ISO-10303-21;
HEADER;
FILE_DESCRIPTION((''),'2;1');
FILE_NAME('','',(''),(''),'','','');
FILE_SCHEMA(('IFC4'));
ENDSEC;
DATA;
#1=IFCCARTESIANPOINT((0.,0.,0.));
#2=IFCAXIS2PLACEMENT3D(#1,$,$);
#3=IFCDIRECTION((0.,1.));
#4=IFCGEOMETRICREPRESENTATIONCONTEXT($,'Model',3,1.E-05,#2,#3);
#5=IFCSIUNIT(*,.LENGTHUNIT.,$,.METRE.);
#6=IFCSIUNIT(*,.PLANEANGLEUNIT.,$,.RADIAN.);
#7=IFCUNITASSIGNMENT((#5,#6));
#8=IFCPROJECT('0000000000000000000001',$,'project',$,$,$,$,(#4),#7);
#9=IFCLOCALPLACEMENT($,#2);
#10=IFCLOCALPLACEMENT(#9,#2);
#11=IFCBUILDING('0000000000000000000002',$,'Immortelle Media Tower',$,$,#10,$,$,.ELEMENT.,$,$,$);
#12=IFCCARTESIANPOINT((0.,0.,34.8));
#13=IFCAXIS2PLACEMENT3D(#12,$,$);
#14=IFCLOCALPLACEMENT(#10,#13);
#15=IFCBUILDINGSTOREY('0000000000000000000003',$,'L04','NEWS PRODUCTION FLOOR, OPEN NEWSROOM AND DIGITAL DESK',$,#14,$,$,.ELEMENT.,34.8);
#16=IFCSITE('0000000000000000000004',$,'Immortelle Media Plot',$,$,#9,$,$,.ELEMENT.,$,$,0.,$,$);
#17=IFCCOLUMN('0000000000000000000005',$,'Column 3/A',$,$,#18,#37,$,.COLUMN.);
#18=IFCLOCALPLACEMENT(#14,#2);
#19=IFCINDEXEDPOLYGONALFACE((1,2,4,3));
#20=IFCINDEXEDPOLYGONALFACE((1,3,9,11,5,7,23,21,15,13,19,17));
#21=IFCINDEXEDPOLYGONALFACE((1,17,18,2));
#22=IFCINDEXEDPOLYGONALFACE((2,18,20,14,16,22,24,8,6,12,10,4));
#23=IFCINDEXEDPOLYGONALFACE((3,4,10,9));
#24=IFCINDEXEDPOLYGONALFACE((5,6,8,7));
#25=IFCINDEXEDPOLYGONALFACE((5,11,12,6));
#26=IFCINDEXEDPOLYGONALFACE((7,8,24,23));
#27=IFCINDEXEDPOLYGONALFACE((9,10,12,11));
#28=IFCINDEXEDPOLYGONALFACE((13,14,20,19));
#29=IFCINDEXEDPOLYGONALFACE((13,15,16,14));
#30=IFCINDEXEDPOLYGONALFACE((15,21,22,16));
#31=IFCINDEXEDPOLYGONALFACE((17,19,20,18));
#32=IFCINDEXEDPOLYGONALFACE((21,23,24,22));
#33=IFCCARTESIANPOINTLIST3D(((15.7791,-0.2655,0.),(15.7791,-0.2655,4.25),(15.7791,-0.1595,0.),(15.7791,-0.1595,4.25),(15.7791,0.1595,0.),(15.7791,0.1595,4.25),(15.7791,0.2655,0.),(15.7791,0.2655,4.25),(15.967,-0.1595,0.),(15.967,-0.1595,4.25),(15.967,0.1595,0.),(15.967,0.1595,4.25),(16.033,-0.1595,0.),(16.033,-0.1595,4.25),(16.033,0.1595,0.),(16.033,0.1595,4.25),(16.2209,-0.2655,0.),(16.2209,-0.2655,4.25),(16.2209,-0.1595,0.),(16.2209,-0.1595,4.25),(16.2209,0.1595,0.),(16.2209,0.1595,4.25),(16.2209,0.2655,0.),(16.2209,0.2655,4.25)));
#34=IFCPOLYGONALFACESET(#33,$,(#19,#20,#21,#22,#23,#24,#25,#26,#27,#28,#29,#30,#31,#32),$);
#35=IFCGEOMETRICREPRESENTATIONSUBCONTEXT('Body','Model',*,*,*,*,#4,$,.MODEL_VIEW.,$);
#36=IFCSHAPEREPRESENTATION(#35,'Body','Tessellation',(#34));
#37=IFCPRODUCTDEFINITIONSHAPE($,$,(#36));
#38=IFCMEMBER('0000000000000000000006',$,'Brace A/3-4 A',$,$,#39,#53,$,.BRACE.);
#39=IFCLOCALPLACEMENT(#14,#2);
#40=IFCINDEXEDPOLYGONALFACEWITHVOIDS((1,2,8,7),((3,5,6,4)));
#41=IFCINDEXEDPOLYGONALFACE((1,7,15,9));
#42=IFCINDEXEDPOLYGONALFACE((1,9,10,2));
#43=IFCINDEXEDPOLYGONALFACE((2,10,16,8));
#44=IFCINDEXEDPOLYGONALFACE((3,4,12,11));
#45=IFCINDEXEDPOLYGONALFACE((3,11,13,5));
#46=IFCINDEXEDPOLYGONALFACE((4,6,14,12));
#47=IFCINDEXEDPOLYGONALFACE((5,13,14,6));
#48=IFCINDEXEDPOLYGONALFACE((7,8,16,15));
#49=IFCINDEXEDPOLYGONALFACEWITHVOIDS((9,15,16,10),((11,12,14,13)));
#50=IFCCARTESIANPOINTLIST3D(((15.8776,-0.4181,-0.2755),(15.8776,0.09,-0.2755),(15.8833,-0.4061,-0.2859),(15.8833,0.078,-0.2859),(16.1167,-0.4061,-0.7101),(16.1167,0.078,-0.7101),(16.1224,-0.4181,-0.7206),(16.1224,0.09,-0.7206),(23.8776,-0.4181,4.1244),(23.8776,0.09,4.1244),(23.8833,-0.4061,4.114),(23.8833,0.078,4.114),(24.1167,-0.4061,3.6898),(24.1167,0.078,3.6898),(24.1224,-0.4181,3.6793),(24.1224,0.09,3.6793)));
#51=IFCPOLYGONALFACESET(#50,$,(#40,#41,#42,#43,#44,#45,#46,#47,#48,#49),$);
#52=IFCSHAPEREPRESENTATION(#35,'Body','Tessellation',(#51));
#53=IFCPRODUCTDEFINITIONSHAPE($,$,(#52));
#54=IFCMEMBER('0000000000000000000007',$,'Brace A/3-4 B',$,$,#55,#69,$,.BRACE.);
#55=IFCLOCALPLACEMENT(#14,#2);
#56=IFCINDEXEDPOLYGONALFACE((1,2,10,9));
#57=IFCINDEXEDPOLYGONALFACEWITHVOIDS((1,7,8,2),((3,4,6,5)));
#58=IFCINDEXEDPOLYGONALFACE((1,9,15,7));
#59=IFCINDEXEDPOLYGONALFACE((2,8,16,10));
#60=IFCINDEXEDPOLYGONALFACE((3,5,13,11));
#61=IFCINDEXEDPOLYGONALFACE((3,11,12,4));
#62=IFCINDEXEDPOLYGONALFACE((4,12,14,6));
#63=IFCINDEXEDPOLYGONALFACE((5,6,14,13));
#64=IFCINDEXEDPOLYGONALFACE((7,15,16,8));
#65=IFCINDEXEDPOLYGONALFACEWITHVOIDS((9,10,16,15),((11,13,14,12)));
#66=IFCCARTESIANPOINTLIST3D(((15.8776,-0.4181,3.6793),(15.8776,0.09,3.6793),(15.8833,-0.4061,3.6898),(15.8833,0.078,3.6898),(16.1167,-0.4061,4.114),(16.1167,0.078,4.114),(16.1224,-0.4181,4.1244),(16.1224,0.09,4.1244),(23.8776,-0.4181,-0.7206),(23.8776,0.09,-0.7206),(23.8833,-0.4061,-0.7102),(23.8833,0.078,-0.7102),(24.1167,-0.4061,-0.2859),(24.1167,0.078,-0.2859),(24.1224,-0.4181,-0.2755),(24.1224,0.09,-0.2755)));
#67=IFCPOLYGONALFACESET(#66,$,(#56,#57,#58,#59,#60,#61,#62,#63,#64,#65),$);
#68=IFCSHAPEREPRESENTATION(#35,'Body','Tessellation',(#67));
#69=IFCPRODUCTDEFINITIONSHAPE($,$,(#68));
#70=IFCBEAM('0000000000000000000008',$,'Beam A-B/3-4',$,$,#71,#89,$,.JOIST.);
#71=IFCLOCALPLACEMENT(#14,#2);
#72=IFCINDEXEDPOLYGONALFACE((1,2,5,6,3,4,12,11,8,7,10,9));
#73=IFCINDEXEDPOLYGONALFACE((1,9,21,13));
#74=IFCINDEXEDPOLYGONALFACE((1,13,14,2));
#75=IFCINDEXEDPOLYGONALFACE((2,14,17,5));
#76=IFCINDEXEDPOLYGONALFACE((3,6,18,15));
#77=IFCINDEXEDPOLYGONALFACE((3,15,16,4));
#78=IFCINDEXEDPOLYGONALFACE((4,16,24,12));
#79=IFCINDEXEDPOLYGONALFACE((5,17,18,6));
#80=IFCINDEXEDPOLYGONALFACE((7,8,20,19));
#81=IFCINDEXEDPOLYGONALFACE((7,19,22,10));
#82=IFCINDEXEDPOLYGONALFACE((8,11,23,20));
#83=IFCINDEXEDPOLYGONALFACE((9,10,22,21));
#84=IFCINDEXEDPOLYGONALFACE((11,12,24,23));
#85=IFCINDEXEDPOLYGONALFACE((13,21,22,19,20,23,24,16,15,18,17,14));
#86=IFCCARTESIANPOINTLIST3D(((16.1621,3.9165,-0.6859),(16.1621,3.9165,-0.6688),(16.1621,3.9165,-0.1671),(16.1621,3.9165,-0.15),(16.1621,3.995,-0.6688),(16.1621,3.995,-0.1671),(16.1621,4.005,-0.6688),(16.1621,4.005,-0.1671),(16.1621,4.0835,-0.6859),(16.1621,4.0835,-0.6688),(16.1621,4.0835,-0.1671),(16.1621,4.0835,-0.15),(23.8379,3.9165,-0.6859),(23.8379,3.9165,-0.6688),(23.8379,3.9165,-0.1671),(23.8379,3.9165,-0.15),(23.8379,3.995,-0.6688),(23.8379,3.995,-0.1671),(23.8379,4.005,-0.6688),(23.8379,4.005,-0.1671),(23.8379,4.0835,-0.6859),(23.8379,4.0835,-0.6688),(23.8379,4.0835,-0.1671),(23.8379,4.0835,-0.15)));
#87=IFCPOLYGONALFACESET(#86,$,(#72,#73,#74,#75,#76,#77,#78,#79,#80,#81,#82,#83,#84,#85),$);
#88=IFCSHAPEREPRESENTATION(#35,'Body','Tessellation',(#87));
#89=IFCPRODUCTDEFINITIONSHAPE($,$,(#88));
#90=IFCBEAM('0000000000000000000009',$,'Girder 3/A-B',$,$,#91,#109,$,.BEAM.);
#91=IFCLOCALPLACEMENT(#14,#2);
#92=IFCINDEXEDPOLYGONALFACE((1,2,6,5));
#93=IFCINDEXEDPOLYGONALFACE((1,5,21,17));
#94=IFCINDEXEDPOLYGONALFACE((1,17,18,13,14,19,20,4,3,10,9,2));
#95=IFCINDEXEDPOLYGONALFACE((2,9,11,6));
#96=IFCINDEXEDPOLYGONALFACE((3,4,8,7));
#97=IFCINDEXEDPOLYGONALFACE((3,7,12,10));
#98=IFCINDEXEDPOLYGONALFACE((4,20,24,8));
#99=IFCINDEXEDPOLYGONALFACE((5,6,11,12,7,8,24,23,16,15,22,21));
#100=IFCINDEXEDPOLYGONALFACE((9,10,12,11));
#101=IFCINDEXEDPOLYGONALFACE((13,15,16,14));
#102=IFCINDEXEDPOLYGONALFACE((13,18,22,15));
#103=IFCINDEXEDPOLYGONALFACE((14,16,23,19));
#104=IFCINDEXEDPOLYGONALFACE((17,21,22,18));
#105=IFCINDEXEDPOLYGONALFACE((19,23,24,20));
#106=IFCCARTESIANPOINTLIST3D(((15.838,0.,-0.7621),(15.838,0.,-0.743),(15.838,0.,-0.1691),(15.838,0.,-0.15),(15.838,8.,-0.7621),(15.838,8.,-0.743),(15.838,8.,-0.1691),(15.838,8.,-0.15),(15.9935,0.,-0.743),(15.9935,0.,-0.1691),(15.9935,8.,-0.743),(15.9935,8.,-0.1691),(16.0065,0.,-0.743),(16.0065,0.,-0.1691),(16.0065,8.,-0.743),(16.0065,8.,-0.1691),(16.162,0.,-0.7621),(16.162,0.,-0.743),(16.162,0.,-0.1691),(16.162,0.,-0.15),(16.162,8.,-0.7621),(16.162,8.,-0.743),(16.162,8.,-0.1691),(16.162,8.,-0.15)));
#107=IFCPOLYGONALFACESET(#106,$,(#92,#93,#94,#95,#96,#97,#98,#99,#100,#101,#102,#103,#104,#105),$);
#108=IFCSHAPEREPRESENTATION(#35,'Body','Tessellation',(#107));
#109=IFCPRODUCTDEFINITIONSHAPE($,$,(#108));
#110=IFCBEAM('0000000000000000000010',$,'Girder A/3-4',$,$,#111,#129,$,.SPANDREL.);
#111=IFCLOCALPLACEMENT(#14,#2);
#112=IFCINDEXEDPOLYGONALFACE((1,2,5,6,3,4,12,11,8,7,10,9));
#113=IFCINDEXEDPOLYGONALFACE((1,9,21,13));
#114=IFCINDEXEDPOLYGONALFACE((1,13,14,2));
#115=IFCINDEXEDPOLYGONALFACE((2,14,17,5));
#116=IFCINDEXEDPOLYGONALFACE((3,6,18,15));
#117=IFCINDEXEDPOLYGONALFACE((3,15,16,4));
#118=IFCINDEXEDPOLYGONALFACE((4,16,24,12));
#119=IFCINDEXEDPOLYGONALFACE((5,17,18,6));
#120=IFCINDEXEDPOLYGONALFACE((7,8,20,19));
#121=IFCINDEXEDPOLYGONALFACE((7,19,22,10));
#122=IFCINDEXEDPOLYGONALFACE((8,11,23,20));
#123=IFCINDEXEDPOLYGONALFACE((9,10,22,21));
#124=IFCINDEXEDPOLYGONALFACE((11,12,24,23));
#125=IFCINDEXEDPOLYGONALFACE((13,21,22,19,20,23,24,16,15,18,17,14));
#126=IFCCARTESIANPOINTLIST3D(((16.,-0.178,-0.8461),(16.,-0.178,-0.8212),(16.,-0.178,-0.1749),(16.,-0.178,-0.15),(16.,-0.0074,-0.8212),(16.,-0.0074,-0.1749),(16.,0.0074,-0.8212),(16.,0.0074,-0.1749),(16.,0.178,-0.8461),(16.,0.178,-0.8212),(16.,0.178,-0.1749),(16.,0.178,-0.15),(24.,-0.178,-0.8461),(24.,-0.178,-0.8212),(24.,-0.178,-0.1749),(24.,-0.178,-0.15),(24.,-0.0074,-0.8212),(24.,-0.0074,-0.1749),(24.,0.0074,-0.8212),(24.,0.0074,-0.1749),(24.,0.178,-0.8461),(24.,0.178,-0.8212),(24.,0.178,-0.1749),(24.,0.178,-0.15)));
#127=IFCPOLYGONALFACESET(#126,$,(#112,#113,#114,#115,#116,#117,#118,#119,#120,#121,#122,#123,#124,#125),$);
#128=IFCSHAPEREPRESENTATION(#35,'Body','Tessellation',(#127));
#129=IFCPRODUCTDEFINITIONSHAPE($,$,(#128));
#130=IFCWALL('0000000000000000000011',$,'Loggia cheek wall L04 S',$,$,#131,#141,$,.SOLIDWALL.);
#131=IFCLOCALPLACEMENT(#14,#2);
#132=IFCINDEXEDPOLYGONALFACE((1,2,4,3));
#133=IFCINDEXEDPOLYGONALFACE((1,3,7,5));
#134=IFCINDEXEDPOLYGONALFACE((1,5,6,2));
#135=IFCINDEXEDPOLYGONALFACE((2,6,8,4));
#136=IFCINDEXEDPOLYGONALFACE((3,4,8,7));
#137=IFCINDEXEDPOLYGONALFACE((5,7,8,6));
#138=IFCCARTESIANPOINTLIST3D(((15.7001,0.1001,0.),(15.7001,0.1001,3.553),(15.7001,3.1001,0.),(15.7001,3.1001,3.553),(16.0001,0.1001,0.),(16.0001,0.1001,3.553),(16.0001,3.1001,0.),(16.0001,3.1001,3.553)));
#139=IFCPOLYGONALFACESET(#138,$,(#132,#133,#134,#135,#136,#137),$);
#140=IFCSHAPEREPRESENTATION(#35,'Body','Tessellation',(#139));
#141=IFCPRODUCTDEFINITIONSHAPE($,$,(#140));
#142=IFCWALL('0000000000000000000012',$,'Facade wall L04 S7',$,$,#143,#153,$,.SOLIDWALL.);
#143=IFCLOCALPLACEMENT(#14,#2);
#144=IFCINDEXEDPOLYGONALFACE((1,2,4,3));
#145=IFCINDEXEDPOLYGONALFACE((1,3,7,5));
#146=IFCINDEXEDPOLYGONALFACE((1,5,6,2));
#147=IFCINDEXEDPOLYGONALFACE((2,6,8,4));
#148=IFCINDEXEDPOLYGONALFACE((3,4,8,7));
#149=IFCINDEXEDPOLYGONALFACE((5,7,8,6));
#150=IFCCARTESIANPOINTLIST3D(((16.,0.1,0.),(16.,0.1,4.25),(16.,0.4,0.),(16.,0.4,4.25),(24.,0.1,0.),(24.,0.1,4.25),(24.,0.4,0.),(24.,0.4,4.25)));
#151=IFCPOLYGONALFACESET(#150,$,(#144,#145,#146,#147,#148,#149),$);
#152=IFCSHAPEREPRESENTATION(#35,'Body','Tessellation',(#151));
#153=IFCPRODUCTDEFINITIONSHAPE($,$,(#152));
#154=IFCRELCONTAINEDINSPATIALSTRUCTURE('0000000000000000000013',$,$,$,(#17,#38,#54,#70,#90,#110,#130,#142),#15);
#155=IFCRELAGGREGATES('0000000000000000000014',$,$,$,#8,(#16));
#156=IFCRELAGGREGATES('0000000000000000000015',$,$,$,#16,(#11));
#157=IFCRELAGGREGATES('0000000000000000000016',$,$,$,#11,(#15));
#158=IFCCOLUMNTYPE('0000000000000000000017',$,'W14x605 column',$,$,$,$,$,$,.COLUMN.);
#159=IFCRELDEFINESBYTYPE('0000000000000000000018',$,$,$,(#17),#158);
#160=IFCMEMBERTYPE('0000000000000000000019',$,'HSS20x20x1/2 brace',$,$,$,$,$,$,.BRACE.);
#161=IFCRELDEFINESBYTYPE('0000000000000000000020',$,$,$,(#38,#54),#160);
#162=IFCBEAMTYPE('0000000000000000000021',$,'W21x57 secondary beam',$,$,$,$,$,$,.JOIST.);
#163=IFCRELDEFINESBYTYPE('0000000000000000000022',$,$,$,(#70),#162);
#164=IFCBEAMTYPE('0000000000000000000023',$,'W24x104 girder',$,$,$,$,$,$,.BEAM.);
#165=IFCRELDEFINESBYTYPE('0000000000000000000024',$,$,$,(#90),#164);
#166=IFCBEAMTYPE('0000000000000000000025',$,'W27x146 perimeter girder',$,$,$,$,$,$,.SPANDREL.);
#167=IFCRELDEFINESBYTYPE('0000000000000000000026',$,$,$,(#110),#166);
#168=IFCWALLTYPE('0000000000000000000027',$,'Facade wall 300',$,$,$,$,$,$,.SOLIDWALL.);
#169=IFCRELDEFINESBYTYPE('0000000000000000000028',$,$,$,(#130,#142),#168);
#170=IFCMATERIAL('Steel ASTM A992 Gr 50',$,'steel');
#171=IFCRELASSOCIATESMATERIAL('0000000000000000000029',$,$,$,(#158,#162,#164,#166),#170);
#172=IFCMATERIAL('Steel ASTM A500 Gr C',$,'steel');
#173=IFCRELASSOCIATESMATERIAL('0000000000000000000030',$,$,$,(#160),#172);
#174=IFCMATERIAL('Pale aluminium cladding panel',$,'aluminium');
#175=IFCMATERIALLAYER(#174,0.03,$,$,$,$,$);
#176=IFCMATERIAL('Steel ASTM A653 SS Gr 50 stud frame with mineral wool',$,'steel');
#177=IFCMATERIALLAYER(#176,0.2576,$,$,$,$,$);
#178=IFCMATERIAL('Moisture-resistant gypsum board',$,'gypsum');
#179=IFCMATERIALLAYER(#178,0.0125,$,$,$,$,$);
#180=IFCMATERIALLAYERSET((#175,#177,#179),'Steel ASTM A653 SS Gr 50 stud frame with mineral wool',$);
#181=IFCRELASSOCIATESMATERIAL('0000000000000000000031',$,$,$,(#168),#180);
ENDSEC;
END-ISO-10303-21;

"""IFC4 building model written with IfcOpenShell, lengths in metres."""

from ifc_helpers import new_model, si_unit, direction, frame, frame_2d, origin, origin_2d, place, context, subcontext, project, spatial, rectangle, hollow_rectangle, i_section, extrude, material, layer, layer_set, material_profile, profile_set, type_object, element, save


model = new_model("IFC4")

# Units and contexts
model_context = context("Model", 3, precision=1e-05, world=origin(), true_north=direction((0.0, 1.0)))
body_context = subcontext(model_context, "Body", "Model", "MODEL_VIEW")
ifc_project = project(units=[si_unit("LENGTHUNIT", "METRE"), si_unit("PLANEANGLEUNIT", "RADIAN")], contexts=[model_context])

# Site, building, storey
site_placement = place(None, origin())
site = spatial("IfcSite", under=ifc_project, at=site_placement, Name="Immortelle Media Plot", CompositionType="ELEMENT", RefElevation=0.0)
building_placement = place(site_placement, origin())
building = spatial("IfcBuilding", under=site, at=building_placement, Name="Immortelle Media Tower", CompositionType="ELEMENT")
storey_placement = place(building_placement, frame((0.0, 0.0, 34.8)))
storey = spatial("IfcBuildingStorey", under=building, at=storey_placement, Name="L04", Description="NEWS PRODUCTION FLOOR, OPEN NEWSROOM AND DIGITAL DESK", CompositionType="ELEMENT", Elevation=34.8)

# Column
ifc_material_1 = material(Name="Steel ASTM A992 Gr 50", Category="steel")
ifc_material_profile_1 = material_profile(ifc_material_1, i_section(OverallWidth=0.4419, OverallDepth=0.531, WebThickness=0.0659, FlangeThickness=0.106, at=origin_2d()), Name="W14x605")
ifc_profile_set_1 = profile_set([ifc_material_profile_1], Name="Steel ASTM A992 Gr 50")
column_type = type_object("IfcColumnType", Name="W14x605 column", PredefinedType="COLUMN", material=ifc_profile_set_1)
column_placement = place(storey_placement, frame((16.0, 0.0, 0.0), z_axis=(0.0, 0.0, 1.0), x_axis=(1.0, 0.0, 0.0)))
element("IfcColumn", 1, at=column_placement, inside=storey, type_object=column_type, Name="Column 3/A", PredefinedType="COLUMN", context=body_context, shape_type="SweptSolid", body=[
    extrude(i_section(OverallWidth=0.4419, OverallDepth=0.531, WebThickness=0.0659, FlangeThickness=0.106, at=origin_2d()), origin(), (0.0, 0.0, 1.0), 4.25),
])

# Members
ifc_material_2 = material(Name="Steel ASTM A500 Gr C", Category="steel")
ifc_material_profile_2 = material_profile(ifc_material_2, hollow_rectangle(XDim=0.5081, YDim=0.5081, WallThickness=0.012, at=origin_2d()), Name="HSS20x20x1/2 brace")
ifc_profile_set_2 = profile_set([ifc_material_profile_2], Name="Steel ASTM A500 Gr C")
member_type = type_object("IfcMemberType", Name="HSS20x20x1/2 brace", PredefinedType="BRACE", material=ifc_profile_set_2)
for number, where, z_axis, x_axis, name in (
    (2, (16.0, -0.1641, -0.498), (0.87622, 0.0, 0.481911), (0.0, 1.0, 0.0), "Brace A/3-4 A"),
    (3, (16.0, -0.1641, 3.9019), (0.87622, 0.0, -0.481911), (0.0, 1.0, 0.0), "Brace A/3-4 B"),
):
    element("IfcMember", number, at=place(storey_placement, frame(where, z_axis=z_axis, x_axis=x_axis)), inside=storey, type_object=member_type, Name=name, PredefinedType="BRACE", context=body_context, shape_type="SweptSolid", body=[
        extrude(hollow_rectangle(XDim=0.5081, YDim=0.5081, WallThickness=0.012, at=origin_2d()), origin(), (0.0, 0.0, 1.0), 9.1301),
    ])

# Beams
ifc_material_profile_3 = material_profile(ifc_material_1, i_section(OverallWidth=0.167, OverallDepth=0.5359, WebThickness=0.01, FlangeThickness=0.0171, at=origin_2d()), Name="W21x57")
ifc_profile_set_3 = profile_set([ifc_material_profile_3], Name="Steel ASTM A992 Gr 50")
beam_type_1 = type_object("IfcBeamType", Name="W21x57 secondary beam", PredefinedType="JOIST", material=ifc_profile_set_3)
beam_1_placement = place(storey_placement, frame((16.1621, 4.0, -0.418), z_axis=(1.0, 0.0, 0.0), x_axis=(0.0, 1.0, 0.0)))
element("IfcBeam", 4, at=beam_1_placement, inside=storey, type_object=beam_type_1, Name="Beam A-B/3-4", PredefinedType="JOIST", context=body_context, shape_type="SweptSolid", body=[
    extrude(i_section(OverallWidth=0.167, OverallDepth=0.5359, WebThickness=0.01, FlangeThickness=0.0171, at=origin_2d()), origin(), (0.0, 0.0, 1.0), 7.6758),
])
ifc_material_profile_4 = material_profile(ifc_material_1, i_section(OverallWidth=0.324, OverallDepth=0.6121, WebThickness=0.0129, FlangeThickness=0.019, at=origin_2d()), Name="W24x104")
ifc_profile_set_4 = profile_set([ifc_material_profile_4], Name="Steel ASTM A992 Gr 50")
beam_type_2 = type_object("IfcBeamType", Name="W24x104 girder", PredefinedType="BEAM", material=ifc_profile_set_4)
beam_2_placement = place(storey_placement, frame((16.0, 0.0, -0.4561), z_axis=(0.0, 1.0, 0.0), x_axis=(-1.0, 0.0, 0.0)))
element("IfcBeam", 5, at=beam_2_placement, inside=storey, type_object=beam_type_2, Name="Girder 3/A-B", PredefinedType="BEAM", context=body_context, shape_type="SweptSolid", body=[
    extrude(i_section(OverallWidth=0.324, OverallDepth=0.6121, WebThickness=0.0129, FlangeThickness=0.019, at=origin_2d()), origin(), (0.0, 0.0, 1.0), 8.0),
])
ifc_material_profile_5 = material_profile(ifc_material_1, i_section(OverallWidth=0.356, OverallDepth=0.696, WebThickness=0.0149, FlangeThickness=0.0249, at=origin_2d()), Name="W27x146")
ifc_profile_set_5 = profile_set([ifc_material_profile_5], Name="Steel ASTM A992 Gr 50")
beam_type_3 = type_object("IfcBeamType", Name="W27x146 perimeter girder", PredefinedType="SPANDREL", material=ifc_profile_set_5)
beam_3_placement = place(storey_placement, frame((16.0, 0.0, -0.498), z_axis=(1.0, 0.0, 0.0), x_axis=(0.0, 1.0, 0.0)))
element("IfcBeam", 6, at=beam_3_placement, inside=storey, type_object=beam_type_3, Name="Girder A/3-4", PredefinedType="SPANDREL", context=body_context, shape_type="SweptSolid", body=[
    extrude(i_section(OverallWidth=0.356, OverallDepth=0.696, WebThickness=0.0149, FlangeThickness=0.0249, at=origin_2d()), origin(), (0.0, 0.0, 1.0), 8.0),
])

# Walls
ifc_material_3 = material(Name="Pale aluminium cladding panel", Category="aluminium")
ifc_layer_1 = layer(ifc_material_3, 0.03)
ifc_material_4 = material(Name="Steel ASTM A653 SS Gr 50 stud frame with mineral wool", Category="steel")
ifc_layer_2 = layer(ifc_material_4, 0.2576)
ifc_material_5 = material(Name="Moisture-resistant gypsum board", Category="gypsum")
ifc_layer_3 = layer(ifc_material_5, 0.0125)
ifc_layer_set_1 = layer_set([ifc_layer_1, ifc_layer_2, ifc_layer_3], Name="Steel ASTM A653 SS Gr 50 stud frame with mineral wool")
wall_type_1 = type_object("IfcWallType", Name="Facade wall 300", PredefinedType="SOLIDWALL", material=ifc_layer_set_1)
wall_1_placement = place(storey_placement, frame((15.8501, 0.1001, 0.0), z_axis=(0.0, 0.0, 1.0), x_axis=(0.0, 1.0, 0.0)))
element("IfcWall", 7, at=wall_1_placement, inside=storey, type_object=wall_type_1, Name="Loggia cheek wall L04 S", PredefinedType="SOLIDWALL", context=body_context, shape_type="SweptSolid", body=[
    extrude(rectangle(XDim=3.0, YDim=0.3, at=frame_2d((1.5, 0.0))), origin(), (0.0, 0.0, 1.0), 3.553),
])
wall_2_placement = place(storey_placement, frame((16.0, 0.25, 0.0), z_axis=(0.0, 0.0, 1.0), x_axis=(1.0, 0.0, 0.0)))
element("IfcWall", 8, at=wall_2_placement, inside=storey, type_object=wall_type_1, Name="Facade wall L04 S7", PredefinedType="SOLIDWALL", context=body_context, shape_type="SweptSolid", body=[
    extrude(rectangle(XDim=8.0, YDim=0.3, at=frame_2d((4.0, 0.0))), origin(), (0.0, 0.0, 1.0), 4.25),
])

save(model, "model.ifc")
